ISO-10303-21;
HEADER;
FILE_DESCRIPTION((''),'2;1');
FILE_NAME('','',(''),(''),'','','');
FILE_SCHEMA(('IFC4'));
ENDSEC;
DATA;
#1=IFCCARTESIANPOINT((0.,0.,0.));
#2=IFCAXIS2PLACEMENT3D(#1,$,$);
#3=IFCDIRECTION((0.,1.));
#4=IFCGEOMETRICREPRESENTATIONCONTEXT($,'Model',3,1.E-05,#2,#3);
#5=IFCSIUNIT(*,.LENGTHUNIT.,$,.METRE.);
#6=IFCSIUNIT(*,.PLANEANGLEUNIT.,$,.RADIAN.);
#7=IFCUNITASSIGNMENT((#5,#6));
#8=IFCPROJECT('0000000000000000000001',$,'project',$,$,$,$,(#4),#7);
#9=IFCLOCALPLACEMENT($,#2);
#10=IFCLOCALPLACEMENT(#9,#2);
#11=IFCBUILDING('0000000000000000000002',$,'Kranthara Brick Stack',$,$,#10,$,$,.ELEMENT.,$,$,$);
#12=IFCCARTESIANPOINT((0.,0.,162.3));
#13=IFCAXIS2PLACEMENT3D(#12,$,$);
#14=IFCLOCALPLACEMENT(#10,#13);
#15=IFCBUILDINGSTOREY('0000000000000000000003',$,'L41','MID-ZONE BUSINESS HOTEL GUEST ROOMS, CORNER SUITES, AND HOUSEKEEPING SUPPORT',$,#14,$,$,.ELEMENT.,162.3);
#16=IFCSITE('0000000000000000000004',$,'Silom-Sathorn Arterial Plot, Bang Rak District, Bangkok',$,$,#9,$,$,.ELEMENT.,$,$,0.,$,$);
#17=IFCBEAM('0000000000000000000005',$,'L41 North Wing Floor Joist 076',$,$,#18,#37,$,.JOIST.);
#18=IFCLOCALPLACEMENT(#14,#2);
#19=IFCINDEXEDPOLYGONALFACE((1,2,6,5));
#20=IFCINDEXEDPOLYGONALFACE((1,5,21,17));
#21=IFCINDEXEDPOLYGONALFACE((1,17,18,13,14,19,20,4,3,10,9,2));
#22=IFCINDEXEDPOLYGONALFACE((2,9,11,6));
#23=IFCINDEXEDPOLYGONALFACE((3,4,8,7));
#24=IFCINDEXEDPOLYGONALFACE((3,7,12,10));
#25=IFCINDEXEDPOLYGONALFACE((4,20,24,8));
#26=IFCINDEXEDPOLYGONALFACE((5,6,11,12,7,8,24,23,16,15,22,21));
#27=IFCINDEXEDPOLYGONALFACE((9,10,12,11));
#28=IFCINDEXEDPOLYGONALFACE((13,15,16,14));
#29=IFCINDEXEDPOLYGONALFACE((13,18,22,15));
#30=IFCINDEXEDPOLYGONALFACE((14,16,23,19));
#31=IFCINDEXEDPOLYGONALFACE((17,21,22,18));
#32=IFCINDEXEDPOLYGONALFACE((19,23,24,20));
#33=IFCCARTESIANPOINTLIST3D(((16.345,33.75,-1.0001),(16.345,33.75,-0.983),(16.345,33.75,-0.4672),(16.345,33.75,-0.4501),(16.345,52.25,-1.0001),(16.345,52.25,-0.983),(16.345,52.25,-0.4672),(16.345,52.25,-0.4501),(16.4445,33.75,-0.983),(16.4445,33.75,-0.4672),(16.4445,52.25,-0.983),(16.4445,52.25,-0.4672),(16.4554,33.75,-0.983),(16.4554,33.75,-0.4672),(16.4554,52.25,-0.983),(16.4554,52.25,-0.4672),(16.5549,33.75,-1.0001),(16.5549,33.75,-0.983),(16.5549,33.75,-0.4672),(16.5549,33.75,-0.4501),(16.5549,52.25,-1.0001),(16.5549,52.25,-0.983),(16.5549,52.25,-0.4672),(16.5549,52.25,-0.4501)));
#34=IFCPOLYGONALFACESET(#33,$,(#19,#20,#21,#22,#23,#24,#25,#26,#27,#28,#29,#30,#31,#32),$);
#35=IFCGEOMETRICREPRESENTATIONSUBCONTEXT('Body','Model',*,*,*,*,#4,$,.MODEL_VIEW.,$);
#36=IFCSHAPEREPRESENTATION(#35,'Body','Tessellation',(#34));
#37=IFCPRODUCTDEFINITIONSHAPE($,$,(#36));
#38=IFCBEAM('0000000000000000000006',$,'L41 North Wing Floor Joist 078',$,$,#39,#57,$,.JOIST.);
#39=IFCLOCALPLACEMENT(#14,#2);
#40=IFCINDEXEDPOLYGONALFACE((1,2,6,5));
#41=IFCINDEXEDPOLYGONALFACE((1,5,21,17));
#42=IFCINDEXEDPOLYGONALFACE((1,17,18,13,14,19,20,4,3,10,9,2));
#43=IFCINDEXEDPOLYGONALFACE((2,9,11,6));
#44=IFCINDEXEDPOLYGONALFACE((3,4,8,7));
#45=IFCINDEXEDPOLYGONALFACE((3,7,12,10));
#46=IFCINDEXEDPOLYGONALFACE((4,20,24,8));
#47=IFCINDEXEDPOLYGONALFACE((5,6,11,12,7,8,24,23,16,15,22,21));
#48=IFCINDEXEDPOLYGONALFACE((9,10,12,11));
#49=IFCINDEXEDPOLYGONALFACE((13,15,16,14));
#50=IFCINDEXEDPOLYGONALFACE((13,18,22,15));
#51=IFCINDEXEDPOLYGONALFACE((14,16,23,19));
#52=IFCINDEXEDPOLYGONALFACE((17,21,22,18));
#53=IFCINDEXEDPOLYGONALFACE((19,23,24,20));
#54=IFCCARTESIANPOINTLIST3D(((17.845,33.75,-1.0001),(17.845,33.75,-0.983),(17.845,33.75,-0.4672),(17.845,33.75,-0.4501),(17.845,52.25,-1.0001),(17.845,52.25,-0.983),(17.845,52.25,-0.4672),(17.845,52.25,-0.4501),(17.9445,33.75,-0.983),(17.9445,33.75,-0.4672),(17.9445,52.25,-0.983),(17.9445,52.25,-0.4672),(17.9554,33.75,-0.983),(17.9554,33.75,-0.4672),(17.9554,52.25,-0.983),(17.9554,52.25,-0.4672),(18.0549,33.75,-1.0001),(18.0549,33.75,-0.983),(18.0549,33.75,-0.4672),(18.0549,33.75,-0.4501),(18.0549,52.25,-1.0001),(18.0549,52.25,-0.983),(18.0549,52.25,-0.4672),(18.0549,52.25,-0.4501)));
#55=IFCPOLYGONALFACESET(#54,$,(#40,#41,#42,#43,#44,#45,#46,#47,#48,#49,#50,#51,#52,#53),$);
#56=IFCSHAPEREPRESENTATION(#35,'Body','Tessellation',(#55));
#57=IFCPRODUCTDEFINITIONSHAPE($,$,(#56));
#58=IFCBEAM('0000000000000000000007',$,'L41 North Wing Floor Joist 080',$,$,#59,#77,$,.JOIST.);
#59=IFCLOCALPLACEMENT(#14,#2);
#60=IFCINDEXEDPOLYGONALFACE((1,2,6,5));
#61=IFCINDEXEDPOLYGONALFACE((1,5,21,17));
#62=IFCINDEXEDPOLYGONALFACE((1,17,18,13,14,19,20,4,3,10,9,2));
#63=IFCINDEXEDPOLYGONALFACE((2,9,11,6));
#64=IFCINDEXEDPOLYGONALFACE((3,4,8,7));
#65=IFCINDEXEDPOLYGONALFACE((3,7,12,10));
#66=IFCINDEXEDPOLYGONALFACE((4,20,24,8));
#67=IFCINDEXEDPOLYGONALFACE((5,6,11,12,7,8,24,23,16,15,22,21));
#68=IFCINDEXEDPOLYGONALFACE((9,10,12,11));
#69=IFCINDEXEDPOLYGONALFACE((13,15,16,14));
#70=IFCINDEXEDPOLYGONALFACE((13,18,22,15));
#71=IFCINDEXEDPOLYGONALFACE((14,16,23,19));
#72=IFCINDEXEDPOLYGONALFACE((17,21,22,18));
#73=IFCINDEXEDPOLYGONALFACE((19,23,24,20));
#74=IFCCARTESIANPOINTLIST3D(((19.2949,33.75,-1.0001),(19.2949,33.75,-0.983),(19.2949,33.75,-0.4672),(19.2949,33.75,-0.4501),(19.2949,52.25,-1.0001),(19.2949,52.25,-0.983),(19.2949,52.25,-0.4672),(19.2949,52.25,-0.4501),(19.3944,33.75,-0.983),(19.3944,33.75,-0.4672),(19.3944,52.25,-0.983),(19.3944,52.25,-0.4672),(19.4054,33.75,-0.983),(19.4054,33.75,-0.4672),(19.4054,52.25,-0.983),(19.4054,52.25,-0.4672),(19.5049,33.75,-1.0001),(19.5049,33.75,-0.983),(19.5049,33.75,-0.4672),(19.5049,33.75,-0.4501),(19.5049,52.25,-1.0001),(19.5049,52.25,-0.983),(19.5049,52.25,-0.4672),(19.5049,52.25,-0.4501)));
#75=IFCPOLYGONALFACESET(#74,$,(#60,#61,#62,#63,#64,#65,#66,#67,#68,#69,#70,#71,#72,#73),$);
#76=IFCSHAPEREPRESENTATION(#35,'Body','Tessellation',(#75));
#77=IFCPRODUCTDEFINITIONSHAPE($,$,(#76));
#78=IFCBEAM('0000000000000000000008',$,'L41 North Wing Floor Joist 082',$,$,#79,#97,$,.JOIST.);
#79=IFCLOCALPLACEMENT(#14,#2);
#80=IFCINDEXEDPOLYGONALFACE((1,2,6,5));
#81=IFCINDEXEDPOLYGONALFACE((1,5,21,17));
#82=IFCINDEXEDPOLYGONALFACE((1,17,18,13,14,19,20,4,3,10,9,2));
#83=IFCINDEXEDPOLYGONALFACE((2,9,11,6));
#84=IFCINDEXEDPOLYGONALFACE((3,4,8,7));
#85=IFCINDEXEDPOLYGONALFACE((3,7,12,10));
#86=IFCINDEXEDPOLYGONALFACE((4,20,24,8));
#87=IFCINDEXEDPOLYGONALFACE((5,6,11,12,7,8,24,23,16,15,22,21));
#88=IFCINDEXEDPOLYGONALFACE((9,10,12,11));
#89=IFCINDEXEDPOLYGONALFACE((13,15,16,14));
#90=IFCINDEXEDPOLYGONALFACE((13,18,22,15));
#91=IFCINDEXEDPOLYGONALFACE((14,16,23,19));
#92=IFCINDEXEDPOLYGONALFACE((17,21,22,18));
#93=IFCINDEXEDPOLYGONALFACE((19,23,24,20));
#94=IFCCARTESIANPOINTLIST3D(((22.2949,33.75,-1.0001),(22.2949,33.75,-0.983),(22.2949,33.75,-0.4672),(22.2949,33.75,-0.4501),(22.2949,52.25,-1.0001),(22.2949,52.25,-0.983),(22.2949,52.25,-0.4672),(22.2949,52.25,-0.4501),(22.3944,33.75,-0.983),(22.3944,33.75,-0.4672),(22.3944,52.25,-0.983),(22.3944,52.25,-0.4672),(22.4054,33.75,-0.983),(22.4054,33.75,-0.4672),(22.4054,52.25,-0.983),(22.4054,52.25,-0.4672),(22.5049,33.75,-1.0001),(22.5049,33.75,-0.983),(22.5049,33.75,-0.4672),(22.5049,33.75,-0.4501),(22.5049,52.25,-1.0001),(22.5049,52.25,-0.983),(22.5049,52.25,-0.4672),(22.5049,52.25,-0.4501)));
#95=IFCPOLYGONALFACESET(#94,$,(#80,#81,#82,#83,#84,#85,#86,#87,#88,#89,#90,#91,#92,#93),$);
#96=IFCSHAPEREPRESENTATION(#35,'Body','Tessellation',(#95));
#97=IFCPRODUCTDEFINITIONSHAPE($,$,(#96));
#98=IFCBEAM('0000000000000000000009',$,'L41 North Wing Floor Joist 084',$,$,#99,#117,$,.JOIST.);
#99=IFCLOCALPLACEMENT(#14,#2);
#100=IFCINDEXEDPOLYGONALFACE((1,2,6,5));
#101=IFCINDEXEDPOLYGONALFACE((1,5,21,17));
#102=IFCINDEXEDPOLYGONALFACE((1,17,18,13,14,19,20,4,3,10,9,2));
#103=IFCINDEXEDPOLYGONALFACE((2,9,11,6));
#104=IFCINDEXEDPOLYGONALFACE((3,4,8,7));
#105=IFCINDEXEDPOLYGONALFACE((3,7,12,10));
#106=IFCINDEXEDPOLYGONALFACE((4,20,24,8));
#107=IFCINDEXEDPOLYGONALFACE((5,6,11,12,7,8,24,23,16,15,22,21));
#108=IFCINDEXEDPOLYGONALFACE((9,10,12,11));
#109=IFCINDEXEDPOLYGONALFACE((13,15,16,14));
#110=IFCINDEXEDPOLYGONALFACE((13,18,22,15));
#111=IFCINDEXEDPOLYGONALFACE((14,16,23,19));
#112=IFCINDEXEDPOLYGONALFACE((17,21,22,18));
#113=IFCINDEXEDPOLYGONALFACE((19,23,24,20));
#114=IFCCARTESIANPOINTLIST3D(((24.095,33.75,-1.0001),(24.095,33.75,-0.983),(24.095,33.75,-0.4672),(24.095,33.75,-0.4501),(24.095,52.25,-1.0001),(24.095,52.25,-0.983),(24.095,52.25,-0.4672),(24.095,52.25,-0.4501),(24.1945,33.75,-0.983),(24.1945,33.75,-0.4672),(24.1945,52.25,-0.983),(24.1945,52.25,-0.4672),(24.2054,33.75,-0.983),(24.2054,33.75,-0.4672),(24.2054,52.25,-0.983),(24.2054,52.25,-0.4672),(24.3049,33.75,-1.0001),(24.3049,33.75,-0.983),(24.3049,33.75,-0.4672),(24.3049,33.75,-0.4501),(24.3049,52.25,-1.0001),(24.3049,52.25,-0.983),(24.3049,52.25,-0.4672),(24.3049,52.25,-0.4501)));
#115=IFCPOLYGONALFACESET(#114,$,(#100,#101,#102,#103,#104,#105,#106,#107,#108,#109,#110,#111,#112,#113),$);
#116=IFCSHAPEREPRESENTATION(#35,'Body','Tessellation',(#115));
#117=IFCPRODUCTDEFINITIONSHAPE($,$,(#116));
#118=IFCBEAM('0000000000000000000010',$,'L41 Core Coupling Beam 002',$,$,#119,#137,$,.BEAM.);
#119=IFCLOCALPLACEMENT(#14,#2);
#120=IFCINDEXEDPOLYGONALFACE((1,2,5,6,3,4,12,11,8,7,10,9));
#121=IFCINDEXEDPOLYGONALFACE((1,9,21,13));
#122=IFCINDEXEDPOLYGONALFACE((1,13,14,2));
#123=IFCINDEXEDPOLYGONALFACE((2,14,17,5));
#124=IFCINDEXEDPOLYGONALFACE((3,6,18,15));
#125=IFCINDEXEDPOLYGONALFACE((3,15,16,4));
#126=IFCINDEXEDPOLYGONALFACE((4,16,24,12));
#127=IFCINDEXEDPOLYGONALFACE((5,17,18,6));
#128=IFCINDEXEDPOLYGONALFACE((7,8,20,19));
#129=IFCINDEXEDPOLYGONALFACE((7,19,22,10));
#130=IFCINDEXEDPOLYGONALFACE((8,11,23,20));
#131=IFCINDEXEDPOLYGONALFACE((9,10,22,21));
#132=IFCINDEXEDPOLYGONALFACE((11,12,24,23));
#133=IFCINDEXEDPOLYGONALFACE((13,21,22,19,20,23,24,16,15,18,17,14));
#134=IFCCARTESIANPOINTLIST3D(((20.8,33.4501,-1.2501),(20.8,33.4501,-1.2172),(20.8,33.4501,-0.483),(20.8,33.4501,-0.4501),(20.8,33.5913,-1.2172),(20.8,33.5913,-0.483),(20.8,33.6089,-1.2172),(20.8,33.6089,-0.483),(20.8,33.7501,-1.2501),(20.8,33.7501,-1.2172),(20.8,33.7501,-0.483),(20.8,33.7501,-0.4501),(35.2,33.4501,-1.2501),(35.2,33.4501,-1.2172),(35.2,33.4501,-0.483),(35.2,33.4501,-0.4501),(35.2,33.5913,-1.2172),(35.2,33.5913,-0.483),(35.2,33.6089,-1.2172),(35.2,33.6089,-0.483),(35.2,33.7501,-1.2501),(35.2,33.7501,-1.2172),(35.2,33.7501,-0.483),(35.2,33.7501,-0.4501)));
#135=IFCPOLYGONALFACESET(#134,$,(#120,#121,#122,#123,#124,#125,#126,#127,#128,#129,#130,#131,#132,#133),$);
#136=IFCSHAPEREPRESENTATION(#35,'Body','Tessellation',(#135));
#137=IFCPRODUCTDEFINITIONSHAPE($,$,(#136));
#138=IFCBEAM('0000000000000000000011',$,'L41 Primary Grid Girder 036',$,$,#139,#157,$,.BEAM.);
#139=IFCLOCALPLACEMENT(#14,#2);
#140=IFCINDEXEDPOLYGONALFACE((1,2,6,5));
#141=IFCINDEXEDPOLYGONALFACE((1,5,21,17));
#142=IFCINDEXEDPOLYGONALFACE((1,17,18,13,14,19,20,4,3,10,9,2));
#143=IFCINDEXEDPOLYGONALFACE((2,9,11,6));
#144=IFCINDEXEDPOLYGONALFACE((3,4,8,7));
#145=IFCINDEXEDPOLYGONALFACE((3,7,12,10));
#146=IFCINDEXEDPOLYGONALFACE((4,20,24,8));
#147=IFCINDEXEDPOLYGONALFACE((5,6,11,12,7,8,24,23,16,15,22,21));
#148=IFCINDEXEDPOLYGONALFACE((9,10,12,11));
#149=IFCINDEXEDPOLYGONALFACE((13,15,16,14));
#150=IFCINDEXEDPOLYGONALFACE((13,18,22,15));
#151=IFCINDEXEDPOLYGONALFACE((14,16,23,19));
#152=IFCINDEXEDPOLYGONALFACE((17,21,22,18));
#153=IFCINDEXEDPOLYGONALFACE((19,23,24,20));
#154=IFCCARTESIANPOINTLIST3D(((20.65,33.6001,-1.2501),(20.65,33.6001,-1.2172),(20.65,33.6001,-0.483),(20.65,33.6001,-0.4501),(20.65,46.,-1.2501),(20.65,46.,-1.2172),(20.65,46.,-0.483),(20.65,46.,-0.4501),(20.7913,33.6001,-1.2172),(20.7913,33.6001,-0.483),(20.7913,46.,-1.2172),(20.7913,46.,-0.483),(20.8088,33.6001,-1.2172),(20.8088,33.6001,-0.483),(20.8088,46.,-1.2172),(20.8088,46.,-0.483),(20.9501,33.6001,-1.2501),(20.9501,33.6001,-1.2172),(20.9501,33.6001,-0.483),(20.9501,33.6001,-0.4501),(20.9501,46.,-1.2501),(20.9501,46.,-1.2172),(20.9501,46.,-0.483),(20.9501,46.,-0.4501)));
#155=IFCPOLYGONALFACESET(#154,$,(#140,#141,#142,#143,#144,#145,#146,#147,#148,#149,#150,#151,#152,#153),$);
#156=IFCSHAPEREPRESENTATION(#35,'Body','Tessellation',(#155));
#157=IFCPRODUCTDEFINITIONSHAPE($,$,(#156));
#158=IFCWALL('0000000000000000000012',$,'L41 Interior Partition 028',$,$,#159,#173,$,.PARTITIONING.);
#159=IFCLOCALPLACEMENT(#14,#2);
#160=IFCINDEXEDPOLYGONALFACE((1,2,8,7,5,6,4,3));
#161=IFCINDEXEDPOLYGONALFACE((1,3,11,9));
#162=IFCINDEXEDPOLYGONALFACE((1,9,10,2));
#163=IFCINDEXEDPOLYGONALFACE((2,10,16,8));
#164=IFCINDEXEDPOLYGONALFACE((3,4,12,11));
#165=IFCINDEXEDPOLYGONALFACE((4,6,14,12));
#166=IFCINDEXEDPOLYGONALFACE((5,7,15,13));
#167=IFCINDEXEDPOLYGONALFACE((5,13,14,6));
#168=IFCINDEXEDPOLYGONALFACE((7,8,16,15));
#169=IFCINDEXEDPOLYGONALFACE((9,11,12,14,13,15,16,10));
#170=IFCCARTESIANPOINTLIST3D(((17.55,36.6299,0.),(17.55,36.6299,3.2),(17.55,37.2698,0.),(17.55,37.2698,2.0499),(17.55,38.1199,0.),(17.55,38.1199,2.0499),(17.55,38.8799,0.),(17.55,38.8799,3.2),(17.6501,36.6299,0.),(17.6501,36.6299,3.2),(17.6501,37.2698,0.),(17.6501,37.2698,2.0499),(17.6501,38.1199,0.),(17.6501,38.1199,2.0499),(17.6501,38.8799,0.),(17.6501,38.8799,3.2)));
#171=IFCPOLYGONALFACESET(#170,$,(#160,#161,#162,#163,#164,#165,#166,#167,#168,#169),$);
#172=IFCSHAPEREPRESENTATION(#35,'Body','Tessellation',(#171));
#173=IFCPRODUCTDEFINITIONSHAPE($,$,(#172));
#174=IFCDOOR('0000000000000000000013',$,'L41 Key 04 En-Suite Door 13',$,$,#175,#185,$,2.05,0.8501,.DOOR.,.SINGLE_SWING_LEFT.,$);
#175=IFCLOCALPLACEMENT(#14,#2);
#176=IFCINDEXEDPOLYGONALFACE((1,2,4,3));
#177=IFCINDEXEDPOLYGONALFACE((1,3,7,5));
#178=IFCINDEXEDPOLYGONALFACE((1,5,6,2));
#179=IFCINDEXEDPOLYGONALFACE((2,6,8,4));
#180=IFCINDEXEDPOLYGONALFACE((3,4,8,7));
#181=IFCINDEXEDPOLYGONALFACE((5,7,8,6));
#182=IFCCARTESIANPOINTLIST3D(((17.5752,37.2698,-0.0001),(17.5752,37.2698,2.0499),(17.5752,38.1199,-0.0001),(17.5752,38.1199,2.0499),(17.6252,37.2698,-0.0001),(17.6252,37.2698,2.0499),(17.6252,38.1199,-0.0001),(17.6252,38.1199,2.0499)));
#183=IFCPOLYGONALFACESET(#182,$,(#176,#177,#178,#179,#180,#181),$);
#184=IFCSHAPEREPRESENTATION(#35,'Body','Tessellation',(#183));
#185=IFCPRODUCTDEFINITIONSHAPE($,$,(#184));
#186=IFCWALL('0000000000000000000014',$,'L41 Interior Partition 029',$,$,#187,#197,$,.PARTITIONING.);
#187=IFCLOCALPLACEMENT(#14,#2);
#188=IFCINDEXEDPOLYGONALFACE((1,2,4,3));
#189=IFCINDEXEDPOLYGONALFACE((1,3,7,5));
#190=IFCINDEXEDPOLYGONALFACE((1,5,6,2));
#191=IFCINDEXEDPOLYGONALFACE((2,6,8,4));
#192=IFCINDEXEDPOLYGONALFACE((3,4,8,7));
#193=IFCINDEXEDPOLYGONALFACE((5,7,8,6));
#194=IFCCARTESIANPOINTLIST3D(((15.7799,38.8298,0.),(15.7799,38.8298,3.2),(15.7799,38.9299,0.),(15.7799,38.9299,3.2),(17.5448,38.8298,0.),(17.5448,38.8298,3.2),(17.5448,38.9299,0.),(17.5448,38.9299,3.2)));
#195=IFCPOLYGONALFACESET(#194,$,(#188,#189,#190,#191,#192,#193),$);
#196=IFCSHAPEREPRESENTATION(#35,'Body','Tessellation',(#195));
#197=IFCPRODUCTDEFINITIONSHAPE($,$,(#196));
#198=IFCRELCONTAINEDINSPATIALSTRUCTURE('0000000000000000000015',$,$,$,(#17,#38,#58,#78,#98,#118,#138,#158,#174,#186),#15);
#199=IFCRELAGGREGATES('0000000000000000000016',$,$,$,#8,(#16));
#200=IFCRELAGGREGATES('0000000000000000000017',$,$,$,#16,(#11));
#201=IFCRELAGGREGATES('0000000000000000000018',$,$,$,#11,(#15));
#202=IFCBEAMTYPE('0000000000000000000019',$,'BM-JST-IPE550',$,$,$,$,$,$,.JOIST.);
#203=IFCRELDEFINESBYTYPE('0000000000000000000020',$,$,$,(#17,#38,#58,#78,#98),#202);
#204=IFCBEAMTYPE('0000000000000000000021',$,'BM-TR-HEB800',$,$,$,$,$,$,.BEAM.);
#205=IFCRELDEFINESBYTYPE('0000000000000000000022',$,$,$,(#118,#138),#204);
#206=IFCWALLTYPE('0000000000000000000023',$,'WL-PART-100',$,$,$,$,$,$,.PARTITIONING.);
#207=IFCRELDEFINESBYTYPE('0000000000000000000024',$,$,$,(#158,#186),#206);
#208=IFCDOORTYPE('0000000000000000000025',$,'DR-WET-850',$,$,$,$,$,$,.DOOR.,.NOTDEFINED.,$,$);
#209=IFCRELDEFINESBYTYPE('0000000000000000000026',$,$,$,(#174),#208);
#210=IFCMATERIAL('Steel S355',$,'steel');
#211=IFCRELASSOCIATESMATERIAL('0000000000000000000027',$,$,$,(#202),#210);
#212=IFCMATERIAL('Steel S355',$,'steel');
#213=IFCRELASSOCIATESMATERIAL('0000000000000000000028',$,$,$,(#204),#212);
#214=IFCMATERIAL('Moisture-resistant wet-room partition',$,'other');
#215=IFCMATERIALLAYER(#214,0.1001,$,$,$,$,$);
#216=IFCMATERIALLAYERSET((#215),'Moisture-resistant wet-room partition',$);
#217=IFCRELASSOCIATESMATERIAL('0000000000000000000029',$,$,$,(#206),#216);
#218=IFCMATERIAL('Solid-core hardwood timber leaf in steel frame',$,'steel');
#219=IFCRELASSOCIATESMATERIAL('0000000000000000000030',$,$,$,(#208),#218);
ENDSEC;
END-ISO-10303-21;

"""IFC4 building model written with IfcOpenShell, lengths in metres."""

from ifc_helpers import new_model, si_unit, direction, frame, frame_2d, origin, origin_2d, place, context, subcontext, project, spatial, rectangle, i_section, extrude, material, layer, layer_set, material_profile, profile_set, type_object, element, fill, save


model = new_model("IFC4")

# Units and contexts
model_context = context("Model", 3, precision=1e-05, world=origin(), true_north=direction((0.0, 1.0)))
body_context = subcontext(model_context, "Body", "Model", "MODEL_VIEW")
ifc_project = project(units=[si_unit("LENGTHUNIT", "METRE"), si_unit("PLANEANGLEUNIT", "RADIAN")], contexts=[model_context])

# Site, building, storey
site_placement = place(None, origin())
site = spatial("IfcSite", under=ifc_project, at=site_placement, Name="Silom-Sathorn Arterial Plot, Bang Rak District, Bangkok", CompositionType="ELEMENT", RefElevation=0.0)
building_placement = place(site_placement, origin())
building = spatial("IfcBuilding", under=site, at=building_placement, Name="Kranthara Brick Stack", CompositionType="ELEMENT")
storey_placement = place(building_placement, frame((0.0, 0.0, 162.3)))
storey = spatial("IfcBuildingStorey", under=building, at=storey_placement, Name="L41", Description="MID-ZONE BUSINESS HOTEL GUEST ROOMS, CORNER SUITES, AND HOUSEKEEPING SUPPORT", CompositionType="ELEMENT", Elevation=162.3)

# Beams
ifc_material_1 = material(Name="Steel S355", Category="steel")
ifc_material_profile_1 = material_profile(ifc_material_1, i_section(OverallWidth=0.21, OverallDepth=0.55, WebThickness=0.011, FlangeThickness=0.0171, at=origin_2d()), Name="IPE 550")
ifc_profile_set_1 = profile_set([ifc_material_profile_1], Name="Steel S355")
beam_type_1 = type_object("IfcBeamType", Name="BM-JST-IPE550", PredefinedType="JOIST", material=ifc_profile_set_1)
for number, where, z_axis, x_axis, name in (
    (1, (16.45, 33.75, -0.7251), (0.0, 1.0, 0.0), (-1.0, 0.0, 0.0), "L41 North Wing Floor Joist 076"),
    (2, (17.95, 33.75, -0.7251), (0.0, 1.0, 0.0), (-1.0, 0.0, 0.0), "L41 North Wing Floor Joist 078"),
    (3, (19.3999, 33.75, -0.7251), (0.0, 1.0, 0.0), (-1.0, 0.0, 0.0), "L41 North Wing Floor Joist 080"),
    (4, (22.3999, 33.75, -0.7251), (0.0, 1.0, 0.0), (-1.0, 0.0, 0.0), "L41 North Wing Floor Joist 082"),
    (5, (24.2, 33.75, -0.7251), (0.0, 1.0, 0.0), (-1.0, 0.0, 0.0), "L41 North Wing Floor Joist 084"),
):
    element("IfcBeam", number, at=place(storey_placement, frame(where, z_axis=z_axis, x_axis=x_axis)), inside=storey, type_object=beam_type_1, Name=name, PredefinedType="JOIST", context=body_context, shape_type="SweptSolid", body=[
        extrude(i_section(OverallWidth=0.21, OverallDepth=0.55, WebThickness=0.011, FlangeThickness=0.0171, at=origin_2d()), origin(), (0.0, 0.0, 1.0), 18.5),
    ])
ifc_material_2 = material(Name="Steel S355", Category="steel")
ifc_material_profile_2 = material_profile(ifc_material_2, i_section(OverallWidth=0.3, OverallDepth=0.8, WebThickness=0.0176, FlangeThickness=0.033, at=origin_2d()), Name="HEB 800")
ifc_profile_set_2 = profile_set([ifc_material_profile_2], Name="Steel S355")
beam_type_2 = type_object("IfcBeamType", Name="BM-TR-HEB800", PredefinedType="BEAM", material=ifc_profile_set_2)
beam_1_placement = place(storey_placement, frame((20.8, 33.6001, -0.8501), z_axis=(1.0, 0.0, 0.0), x_axis=(0.0, 1.0, 0.0)))
element("IfcBeam", 6, at=beam_1_placement, inside=storey, type_object=beam_type_2, Name="L41 Core Coupling Beam 002", PredefinedType="BEAM", context=body_context, shape_type="SweptSolid", body=[
    extrude(i_section(OverallWidth=0.3, OverallDepth=0.8, WebThickness=0.0176, FlangeThickness=0.033, at=origin_2d()), origin(), (0.0, 0.0, 1.0), 14.3999),
])
beam_2_placement = place(storey_placement, frame((20.8, 33.6001, -0.8501), z_axis=(0.0, 1.0, 0.0), x_axis=(-1.0, 0.0, 0.0)))
element("IfcBeam", 7, at=beam_2_placement, inside=storey, type_object=beam_type_2, Name="L41 Primary Grid Girder 036", PredefinedType="BEAM", context=body_context, shape_type="SweptSolid", body=[
    extrude(i_section(OverallWidth=0.3, OverallDepth=0.8, WebThickness=0.0176, FlangeThickness=0.033, at=origin_2d()), origin(), (0.0, 0.0, 1.0), 12.3999),
])

# Wall, opening, door
ifc_material_3 = material(Name="Moisture-resistant wet-room partition", Category="other")
ifc_layer_1 = layer(ifc_material_3, 0.1001)
ifc_layer_set_1 = layer_set([ifc_layer_1], Name="Moisture-resistant wet-room partition")
wall_type_1 = type_object("IfcWallType", Name="WL-PART-100", PredefinedType="PARTITIONING", material=ifc_layer_set_1)
wall_1_placement = place(storey_placement, frame((17.6001, 36.6299, 0.0), z_axis=(0.0, 0.0, 1.0), x_axis=(0.0, 1.0, 0.0)))
wall_1 = element("IfcWall", 8, at=wall_1_placement, inside=storey, type_object=wall_type_1, Name="L41 Interior Partition 028", PredefinedType="PARTITIONING", context=body_context, shape_type="SweptSolid", body=[
    extrude(rectangle(XDim=2.25, YDim=0.1001, at=frame_2d((1.125, 0.0))), origin(), (0.0, 0.0, 1.0), 3.2),
])
opening_1_placement = place(wall_1_placement, frame((0.6399, 0.0, 0.0)))
opening_1 = element("IfcOpeningElement", 9, at=opening_1_placement, cuts=wall_1, PredefinedType="OPENING", context=body_context, shape_type="SweptSolid", body=[
    extrude(rectangle(XDim=0.8501, YDim=2.05, at=frame_2d((0.425, 1.0249))), frame((0.0, 0.0601, 0.0), z_axis=(0.0, -1.0, 0.0), x_axis=(1.0, 0.0, 0.0)), (0.0, 0.0, 1.0), 0.1201),
])
ifc_material_4 = material(Name="Solid-core hardwood timber leaf in steel frame", Category="steel")
door_type_1 = type_object("IfcDoorType", Name="DR-WET-850", OperationType="NOTDEFINED", PredefinedType="DOOR", material=ifc_material_4)
door_1_placement = place(opening_1_placement, origin())
door_1 = element("IfcDoor", 10, at=door_1_placement, inside=storey, type_object=door_type_1, Name="L41 Key 04 En-Suite Door 13", OperationType="SINGLE_SWING_LEFT", OverallHeight=2.05, OverallWidth=0.8501, PredefinedType="DOOR", context=body_context, shape_type="SweptSolid", body=[
    extrude(rectangle(XDim=0.8501, YDim=2.05, at=frame_2d((0.425, 1.0249))), frame((0.0, 0.0249, 0.0), z_axis=(0.0, -1.0, 0.0), x_axis=(1.0, 0.0, 0.0)), (0.0, 0.0, 1.0), 0.05),
])
fill(opening_1, door_1)

# Wall
wall_2_placement = place(storey_placement, frame((15.78, 38.8799, 0.0), z_axis=(0.0, 0.0, 1.0), x_axis=(1.0, 0.0, 0.0)))
element("IfcWall", 11, at=wall_2_placement, inside=storey, type_object=wall_type_1, Name="L41 Interior Partition 029", PredefinedType="PARTITIONING", context=body_context, shape_type="SweptSolid", body=[
    extrude(rectangle(XDim=1.7649, YDim=0.1001, at=frame_2d((0.8823, 0.0))), origin(), (0.0, 0.0, 1.0), 3.2),
])

save(model, "model.ifc")
